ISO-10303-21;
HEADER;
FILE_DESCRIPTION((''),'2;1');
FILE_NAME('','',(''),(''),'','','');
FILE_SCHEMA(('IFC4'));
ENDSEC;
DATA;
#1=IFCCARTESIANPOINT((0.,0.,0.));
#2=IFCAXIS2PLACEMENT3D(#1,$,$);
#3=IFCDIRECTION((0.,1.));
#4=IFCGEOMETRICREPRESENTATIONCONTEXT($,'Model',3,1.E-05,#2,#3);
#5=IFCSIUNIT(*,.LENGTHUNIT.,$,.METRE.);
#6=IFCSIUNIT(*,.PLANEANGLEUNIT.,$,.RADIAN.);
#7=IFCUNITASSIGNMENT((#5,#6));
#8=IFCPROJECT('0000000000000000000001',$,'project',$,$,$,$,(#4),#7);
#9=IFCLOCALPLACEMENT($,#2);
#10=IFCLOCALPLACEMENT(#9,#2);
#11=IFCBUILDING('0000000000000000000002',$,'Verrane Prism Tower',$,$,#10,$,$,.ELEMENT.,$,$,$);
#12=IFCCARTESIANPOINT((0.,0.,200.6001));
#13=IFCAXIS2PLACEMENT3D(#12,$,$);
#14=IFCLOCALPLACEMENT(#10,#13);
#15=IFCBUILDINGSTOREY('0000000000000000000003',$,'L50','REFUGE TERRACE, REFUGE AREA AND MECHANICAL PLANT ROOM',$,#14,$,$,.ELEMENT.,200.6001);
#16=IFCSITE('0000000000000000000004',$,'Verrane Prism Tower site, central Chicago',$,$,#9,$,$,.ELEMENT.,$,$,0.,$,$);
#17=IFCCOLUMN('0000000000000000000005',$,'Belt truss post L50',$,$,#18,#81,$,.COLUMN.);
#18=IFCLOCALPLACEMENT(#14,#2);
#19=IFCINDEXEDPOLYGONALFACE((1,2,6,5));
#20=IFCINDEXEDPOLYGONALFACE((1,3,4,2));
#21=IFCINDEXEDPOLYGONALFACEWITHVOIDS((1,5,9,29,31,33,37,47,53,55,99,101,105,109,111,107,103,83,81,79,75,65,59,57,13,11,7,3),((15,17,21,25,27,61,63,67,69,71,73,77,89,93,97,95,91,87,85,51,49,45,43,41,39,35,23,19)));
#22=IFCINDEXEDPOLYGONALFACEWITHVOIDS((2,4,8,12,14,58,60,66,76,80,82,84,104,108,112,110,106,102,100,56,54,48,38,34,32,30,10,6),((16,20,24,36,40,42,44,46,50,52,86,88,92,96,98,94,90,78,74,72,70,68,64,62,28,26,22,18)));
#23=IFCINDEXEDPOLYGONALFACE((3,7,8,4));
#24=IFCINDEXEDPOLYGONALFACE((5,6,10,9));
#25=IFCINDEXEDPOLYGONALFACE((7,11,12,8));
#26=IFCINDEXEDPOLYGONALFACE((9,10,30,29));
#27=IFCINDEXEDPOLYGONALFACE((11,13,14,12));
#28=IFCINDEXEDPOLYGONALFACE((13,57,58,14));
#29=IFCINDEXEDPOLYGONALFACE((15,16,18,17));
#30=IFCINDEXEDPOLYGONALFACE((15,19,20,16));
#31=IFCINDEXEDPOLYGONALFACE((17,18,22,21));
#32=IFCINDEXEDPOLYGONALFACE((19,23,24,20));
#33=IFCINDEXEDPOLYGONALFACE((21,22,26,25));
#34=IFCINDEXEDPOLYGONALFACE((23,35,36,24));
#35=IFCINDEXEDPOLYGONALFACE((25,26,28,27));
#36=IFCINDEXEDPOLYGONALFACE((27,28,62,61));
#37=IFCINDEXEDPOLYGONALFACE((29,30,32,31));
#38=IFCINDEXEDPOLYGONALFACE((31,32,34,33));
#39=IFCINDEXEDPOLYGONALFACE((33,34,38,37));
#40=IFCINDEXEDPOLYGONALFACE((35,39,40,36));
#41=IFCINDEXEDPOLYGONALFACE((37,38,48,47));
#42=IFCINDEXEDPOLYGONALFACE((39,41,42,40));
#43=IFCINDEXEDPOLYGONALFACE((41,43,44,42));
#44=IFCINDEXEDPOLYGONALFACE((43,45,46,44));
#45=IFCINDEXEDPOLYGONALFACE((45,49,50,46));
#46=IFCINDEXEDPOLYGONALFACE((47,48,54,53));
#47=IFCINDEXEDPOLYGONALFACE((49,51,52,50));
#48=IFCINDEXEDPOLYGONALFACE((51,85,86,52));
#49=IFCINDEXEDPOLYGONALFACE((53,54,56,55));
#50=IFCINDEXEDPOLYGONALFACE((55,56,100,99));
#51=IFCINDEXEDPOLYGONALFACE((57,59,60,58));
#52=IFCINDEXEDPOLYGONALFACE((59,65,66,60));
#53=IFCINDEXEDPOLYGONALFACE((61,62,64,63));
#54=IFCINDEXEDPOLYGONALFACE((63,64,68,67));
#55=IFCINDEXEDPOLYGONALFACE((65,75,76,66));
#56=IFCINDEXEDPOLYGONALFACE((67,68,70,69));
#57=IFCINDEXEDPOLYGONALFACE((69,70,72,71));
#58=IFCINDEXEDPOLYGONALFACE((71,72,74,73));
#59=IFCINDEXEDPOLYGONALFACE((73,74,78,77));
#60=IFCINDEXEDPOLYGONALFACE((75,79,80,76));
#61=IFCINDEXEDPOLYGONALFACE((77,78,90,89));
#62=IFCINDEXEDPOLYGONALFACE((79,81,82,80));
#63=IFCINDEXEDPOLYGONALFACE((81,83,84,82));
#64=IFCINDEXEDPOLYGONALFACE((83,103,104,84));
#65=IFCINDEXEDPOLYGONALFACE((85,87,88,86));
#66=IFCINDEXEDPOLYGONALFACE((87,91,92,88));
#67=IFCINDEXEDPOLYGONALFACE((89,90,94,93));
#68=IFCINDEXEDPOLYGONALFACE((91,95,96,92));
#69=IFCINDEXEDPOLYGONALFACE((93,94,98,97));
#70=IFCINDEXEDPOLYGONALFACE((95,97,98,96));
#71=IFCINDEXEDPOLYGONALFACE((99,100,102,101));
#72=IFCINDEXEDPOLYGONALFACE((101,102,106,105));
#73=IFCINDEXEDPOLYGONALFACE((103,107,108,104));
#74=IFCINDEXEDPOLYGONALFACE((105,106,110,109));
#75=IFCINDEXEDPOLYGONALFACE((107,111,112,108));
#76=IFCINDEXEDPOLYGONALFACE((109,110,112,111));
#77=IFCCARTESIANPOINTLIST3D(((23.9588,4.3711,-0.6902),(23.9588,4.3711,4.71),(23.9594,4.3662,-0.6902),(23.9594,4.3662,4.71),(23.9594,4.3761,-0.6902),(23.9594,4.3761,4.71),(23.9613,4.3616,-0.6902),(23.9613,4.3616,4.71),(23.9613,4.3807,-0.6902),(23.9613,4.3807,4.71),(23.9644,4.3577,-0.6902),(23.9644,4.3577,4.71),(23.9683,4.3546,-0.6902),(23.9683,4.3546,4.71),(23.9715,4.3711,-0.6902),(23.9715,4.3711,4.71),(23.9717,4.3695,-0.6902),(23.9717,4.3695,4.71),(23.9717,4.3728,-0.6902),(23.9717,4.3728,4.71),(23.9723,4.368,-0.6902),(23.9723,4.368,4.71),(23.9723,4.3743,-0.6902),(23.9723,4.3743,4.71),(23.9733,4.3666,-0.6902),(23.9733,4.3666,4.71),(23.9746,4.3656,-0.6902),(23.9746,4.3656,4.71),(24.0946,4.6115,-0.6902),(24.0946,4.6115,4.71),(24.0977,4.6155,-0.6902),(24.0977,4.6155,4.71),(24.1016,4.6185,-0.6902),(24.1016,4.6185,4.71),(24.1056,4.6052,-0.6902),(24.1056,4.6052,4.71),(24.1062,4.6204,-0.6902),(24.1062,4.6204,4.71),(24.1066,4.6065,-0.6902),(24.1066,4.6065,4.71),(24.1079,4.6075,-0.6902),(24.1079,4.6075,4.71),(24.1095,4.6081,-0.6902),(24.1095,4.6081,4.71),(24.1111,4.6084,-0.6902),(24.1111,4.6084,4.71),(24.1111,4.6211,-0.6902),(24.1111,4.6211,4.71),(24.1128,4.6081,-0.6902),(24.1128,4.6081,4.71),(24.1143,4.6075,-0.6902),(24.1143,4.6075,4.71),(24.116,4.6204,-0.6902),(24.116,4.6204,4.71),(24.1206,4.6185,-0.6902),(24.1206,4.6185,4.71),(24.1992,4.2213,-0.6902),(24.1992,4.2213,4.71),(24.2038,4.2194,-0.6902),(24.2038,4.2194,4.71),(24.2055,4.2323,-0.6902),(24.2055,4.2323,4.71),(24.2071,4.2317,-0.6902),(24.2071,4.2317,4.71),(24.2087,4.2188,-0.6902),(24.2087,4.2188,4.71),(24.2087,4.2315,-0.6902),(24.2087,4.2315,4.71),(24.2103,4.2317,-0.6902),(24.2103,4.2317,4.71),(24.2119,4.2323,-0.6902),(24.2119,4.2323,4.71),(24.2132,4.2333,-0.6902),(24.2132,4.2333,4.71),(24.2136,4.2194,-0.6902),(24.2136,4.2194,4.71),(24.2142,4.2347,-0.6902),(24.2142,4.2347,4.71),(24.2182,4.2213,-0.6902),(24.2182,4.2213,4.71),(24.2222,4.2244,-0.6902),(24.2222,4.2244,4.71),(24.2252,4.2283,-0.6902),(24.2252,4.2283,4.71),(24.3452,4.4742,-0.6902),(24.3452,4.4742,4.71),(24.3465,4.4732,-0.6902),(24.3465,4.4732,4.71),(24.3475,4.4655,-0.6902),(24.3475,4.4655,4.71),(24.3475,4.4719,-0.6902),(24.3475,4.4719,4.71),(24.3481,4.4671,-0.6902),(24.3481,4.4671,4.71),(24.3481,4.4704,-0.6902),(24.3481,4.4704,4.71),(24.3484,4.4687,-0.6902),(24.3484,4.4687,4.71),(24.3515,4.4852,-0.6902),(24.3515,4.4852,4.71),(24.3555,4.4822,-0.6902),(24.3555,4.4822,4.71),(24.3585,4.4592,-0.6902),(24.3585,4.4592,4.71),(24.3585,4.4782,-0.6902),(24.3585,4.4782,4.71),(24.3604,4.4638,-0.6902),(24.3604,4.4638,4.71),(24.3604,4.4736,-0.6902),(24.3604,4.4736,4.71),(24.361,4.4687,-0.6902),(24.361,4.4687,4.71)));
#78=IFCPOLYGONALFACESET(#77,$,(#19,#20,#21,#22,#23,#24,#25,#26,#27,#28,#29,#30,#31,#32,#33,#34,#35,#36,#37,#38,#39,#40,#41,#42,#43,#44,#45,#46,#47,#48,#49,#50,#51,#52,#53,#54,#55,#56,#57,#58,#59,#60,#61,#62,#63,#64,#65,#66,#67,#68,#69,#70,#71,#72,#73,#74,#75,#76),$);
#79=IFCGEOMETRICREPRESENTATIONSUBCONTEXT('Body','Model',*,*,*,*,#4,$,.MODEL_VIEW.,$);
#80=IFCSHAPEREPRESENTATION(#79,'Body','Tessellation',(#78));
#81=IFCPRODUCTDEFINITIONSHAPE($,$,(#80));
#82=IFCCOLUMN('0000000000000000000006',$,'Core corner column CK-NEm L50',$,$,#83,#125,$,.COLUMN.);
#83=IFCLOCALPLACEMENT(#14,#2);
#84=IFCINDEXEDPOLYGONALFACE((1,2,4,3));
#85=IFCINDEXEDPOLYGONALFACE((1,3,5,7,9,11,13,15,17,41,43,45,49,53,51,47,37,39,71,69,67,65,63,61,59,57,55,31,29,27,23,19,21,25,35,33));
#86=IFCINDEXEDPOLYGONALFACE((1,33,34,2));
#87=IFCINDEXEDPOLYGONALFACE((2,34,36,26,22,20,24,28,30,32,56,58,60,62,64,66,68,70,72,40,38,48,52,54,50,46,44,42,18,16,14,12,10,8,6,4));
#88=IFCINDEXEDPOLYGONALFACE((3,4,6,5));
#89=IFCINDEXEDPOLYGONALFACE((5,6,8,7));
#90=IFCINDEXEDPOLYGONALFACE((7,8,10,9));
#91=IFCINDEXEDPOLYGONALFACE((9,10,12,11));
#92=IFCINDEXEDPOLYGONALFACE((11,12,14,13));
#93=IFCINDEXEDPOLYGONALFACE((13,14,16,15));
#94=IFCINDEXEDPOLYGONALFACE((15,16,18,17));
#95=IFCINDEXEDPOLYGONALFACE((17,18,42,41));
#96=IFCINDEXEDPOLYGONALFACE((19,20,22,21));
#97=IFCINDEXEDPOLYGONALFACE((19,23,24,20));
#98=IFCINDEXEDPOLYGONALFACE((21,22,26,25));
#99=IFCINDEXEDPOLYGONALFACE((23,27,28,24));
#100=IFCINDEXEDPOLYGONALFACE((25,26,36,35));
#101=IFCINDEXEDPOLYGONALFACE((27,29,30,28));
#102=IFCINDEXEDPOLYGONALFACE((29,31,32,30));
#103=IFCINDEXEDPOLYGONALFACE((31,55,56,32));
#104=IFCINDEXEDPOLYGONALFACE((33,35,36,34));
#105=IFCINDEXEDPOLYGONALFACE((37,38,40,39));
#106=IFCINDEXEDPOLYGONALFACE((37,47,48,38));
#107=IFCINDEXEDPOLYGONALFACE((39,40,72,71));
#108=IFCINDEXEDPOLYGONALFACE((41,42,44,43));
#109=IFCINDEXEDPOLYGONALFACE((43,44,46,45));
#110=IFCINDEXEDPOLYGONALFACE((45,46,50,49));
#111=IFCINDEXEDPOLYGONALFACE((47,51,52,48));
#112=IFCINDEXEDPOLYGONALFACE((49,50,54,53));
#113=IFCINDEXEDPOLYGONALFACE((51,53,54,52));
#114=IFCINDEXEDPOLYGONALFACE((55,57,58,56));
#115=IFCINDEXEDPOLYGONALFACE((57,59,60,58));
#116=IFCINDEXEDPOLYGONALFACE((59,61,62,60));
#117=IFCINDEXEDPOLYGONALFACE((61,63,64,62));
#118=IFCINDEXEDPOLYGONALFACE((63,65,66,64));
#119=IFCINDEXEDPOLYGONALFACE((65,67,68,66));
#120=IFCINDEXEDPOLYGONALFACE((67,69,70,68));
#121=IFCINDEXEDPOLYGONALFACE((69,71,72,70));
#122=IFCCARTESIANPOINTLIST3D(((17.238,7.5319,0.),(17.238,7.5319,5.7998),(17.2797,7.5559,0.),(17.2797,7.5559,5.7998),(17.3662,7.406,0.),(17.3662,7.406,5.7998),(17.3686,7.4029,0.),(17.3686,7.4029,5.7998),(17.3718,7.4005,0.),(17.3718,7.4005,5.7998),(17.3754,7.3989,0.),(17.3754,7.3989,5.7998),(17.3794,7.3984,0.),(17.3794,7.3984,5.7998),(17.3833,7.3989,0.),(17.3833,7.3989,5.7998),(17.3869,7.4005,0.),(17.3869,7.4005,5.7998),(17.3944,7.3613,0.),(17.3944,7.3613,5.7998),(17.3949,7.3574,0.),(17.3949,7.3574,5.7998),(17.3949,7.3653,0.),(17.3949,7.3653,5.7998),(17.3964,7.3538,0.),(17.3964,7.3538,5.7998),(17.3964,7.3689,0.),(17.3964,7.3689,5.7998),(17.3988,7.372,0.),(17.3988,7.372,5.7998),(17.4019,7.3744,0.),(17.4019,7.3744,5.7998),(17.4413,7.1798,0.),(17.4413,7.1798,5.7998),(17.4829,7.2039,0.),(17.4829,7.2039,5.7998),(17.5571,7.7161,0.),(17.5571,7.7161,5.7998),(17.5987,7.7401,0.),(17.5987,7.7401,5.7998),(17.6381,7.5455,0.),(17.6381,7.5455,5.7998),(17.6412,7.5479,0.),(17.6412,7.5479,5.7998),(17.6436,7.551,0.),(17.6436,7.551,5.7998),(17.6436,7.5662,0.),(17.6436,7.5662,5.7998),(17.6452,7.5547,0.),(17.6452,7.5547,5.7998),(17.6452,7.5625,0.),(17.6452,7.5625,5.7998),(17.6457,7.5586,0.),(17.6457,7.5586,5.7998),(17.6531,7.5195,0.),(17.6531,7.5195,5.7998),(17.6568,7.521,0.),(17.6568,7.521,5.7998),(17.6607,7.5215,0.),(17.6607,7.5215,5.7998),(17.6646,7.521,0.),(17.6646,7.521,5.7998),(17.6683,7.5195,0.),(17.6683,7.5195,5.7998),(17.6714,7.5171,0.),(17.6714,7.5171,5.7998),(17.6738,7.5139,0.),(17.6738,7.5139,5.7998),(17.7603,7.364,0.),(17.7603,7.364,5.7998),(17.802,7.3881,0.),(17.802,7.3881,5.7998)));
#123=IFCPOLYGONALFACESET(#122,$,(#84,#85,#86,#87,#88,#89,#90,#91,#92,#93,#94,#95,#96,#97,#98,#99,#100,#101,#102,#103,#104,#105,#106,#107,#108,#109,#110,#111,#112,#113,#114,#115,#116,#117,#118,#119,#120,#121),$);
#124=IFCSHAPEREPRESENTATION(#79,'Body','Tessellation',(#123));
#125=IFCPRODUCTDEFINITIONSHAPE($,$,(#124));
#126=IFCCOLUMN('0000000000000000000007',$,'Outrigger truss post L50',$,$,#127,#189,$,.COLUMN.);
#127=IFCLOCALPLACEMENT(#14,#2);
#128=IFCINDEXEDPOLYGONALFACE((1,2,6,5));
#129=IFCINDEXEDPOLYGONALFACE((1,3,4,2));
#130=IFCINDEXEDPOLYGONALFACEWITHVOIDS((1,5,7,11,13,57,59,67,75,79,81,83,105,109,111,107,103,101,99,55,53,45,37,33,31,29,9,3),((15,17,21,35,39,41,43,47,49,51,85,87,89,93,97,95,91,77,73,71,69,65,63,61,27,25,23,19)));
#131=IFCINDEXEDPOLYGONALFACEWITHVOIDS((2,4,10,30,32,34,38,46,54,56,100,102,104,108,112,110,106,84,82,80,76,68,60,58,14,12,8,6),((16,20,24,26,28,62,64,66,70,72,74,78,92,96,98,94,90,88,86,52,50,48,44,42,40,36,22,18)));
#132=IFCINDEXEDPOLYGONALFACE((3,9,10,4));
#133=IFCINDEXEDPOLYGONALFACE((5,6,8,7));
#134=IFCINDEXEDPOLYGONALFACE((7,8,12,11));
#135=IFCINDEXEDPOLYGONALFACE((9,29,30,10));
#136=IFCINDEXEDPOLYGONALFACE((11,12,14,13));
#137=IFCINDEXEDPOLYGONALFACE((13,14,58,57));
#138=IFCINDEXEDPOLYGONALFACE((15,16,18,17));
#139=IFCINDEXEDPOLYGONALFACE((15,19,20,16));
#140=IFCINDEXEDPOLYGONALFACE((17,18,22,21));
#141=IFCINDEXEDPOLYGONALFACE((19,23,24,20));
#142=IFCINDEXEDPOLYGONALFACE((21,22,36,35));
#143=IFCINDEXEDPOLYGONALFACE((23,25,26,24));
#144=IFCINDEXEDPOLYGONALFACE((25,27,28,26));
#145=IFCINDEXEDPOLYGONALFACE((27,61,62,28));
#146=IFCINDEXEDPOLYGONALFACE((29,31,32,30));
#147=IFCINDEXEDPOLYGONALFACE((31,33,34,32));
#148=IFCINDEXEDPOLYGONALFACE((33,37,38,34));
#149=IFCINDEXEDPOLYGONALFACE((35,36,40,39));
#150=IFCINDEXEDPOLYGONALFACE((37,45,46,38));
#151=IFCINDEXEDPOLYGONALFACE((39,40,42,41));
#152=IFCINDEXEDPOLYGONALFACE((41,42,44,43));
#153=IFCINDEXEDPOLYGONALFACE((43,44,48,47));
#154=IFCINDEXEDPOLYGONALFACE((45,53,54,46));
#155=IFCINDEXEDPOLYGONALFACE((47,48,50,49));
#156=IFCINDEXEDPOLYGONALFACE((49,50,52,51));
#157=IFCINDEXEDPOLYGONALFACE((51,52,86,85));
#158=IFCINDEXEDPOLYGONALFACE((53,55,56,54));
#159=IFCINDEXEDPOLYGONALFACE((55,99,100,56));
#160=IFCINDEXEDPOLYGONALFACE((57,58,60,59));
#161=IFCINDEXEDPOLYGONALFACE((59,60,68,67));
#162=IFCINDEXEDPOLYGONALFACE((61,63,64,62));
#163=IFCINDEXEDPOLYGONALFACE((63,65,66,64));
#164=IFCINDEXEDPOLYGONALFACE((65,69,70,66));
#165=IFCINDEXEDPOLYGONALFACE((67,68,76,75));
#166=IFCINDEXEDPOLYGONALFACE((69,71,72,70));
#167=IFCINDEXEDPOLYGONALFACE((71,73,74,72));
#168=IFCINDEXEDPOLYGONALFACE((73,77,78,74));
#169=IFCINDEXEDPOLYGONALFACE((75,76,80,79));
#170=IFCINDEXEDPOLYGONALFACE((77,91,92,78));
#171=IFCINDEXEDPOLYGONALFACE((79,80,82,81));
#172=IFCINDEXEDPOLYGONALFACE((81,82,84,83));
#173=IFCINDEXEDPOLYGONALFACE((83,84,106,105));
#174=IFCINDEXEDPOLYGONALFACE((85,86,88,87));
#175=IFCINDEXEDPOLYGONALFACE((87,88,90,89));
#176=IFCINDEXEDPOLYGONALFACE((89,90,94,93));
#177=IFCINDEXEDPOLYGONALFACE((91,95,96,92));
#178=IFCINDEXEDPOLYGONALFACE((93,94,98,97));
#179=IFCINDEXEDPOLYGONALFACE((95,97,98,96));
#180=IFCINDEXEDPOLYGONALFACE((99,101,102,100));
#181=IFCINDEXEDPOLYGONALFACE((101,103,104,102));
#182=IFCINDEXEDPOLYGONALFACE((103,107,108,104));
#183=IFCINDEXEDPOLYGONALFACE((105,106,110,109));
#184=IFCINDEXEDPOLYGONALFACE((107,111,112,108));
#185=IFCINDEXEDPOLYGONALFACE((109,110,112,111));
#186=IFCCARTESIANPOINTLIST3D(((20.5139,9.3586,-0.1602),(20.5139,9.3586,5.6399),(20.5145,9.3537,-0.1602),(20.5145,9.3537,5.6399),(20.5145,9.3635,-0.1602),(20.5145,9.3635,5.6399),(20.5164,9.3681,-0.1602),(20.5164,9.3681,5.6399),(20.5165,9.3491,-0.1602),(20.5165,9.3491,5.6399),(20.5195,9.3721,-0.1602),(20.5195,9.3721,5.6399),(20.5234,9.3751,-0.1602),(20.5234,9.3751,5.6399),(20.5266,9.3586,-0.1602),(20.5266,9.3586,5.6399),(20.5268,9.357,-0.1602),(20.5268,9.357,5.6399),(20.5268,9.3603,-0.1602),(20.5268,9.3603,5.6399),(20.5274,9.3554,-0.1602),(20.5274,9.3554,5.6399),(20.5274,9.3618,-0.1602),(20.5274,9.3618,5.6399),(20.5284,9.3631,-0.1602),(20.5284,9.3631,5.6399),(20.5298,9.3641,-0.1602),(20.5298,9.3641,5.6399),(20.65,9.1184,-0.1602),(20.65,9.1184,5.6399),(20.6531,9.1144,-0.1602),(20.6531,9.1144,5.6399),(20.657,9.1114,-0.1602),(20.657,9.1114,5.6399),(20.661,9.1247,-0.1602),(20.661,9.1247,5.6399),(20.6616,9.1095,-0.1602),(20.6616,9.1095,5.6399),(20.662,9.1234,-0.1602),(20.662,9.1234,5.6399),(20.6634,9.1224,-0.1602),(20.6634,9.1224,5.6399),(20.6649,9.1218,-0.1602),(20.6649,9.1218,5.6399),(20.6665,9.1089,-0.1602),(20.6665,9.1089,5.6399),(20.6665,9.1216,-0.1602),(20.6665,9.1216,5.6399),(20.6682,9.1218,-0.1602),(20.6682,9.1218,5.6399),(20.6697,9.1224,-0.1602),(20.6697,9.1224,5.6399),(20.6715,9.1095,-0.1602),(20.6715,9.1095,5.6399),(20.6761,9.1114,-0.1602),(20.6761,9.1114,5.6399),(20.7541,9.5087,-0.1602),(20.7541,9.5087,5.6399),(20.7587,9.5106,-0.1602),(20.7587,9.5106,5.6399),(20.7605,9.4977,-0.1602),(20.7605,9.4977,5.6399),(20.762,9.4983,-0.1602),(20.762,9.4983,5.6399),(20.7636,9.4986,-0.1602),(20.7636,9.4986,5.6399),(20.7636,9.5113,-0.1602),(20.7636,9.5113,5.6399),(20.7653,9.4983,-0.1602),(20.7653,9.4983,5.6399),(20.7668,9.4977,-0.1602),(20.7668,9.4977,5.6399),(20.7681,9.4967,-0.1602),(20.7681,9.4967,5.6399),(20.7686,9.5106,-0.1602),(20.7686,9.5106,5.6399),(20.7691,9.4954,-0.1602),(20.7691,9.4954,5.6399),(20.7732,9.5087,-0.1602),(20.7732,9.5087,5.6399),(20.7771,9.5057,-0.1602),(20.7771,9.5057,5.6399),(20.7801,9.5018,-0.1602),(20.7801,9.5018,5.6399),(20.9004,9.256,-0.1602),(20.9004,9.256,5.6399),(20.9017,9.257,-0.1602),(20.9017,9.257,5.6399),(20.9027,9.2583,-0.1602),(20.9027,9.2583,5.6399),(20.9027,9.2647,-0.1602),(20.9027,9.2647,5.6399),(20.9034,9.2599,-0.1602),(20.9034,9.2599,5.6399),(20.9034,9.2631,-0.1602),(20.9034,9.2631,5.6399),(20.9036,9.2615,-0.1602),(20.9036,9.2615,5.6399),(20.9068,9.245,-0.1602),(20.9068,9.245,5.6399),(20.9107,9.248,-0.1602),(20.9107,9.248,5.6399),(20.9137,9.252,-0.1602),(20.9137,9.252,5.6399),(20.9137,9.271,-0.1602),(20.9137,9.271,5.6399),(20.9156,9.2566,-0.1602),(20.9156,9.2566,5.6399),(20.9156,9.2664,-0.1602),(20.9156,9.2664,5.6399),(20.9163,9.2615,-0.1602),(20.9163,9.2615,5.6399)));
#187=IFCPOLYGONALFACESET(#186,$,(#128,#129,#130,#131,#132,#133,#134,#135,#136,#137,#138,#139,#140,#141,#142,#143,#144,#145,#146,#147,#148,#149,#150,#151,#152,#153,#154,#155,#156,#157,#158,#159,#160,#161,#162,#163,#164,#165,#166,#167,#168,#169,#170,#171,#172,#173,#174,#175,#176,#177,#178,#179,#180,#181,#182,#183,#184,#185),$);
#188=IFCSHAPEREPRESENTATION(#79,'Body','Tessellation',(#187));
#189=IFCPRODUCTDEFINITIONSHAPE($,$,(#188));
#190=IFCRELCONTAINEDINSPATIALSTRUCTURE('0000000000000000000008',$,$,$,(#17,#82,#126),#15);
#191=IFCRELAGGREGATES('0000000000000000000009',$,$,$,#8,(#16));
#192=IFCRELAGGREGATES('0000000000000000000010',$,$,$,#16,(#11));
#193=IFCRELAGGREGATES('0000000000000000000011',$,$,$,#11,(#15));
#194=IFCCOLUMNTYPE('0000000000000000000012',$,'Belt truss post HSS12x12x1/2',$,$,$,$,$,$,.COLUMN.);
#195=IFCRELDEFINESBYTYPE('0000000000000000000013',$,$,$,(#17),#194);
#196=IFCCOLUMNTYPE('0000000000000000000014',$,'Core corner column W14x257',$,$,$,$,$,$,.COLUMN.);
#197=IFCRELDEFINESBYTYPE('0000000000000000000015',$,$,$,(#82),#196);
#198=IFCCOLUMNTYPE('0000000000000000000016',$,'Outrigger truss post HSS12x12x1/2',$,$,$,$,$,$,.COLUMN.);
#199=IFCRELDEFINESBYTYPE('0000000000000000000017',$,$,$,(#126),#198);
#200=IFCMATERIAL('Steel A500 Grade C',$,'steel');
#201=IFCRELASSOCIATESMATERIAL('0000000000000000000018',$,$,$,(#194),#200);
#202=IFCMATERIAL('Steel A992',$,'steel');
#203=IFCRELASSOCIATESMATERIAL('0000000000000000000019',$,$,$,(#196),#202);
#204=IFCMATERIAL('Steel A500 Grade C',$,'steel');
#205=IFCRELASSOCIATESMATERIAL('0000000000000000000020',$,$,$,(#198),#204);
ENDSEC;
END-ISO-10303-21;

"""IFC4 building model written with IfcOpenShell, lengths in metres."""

from ifc_helpers import new_model, si_unit, direction, frame, origin, origin_2d, place, context, subcontext, project, spatial, hollow_rectangle, i_section, extrude, material, material_profile, profile_set, type_object, element, save


model = new_model("IFC4")

# Units and contexts
model_context = context("Model", 3, precision=1e-05, world=origin(), true_north=direction((0.0, 1.0)))
body_context = subcontext(model_context, "Body", "Model", "MODEL_VIEW")
ifc_project = project(units=[si_unit("LENGTHUNIT", "METRE"), si_unit("PLANEANGLEUNIT", "RADIAN")], contexts=[model_context])

# Site, building, storey
site_placement = place(None, origin())
site = spatial("IfcSite", under=ifc_project, at=site_placement, Name="Verrane Prism Tower site, central Chicago", CompositionType="ELEMENT", RefElevation=0.0)
building_placement = place(site_placement, origin())
building = spatial("IfcBuilding", under=site, at=building_placement, Name="Verrane Prism Tower", CompositionType="ELEMENT")
storey_placement = place(building_placement, frame((0.0, 0.0, 200.6001)))
storey = spatial("IfcBuildingStorey", under=building, at=storey_placement, Name="L50", Description="REFUGE TERRACE, REFUGE AREA AND MECHANICAL PLANT ROOM", CompositionType="ELEMENT", Elevation=200.6001)

# Columns
ifc_material_1 = material(Name="Steel A500 Grade C", Category="steel")
ifc_material_profile_1 = material_profile(ifc_material_1, hollow_rectangle(XDim=0.3047, YDim=0.3047, WallThickness=0.0127, InnerFilletRadius=0.0063, OuterFilletRadius=0.019, at=origin_2d()), Name="HSS12x12x1/2")
ifc_profile_set_1 = profile_set([ifc_material_profile_1], Name="Steel A500 Grade C")
column_type_1 = type_object("IfcColumnType", Name="Belt truss post HSS12x12x1/2", PredefinedType="COLUMN", material=ifc_profile_set_1)
column_1_placement = place(storey_placement, frame((24.1599, 4.4199, -0.6902), z_axis=(0.0, 0.0, 1.0), x_axis=(-0.5, -0.866025, 0.0)))
element("IfcColumn", 1, at=column_1_placement, inside=storey, type_object=column_type_1, Name="Belt truss post L50", PredefinedType="COLUMN", context=body_context, shape_type="SweptSolid", body=[
    extrude(hollow_rectangle(XDim=0.3047, YDim=0.3047, WallThickness=0.0127, InnerFilletRadius=0.0063, OuterFilletRadius=0.019, at=origin_2d()), origin(), (0.0, 0.0, 1.0), 5.4001),
])
ifc_material_2 = material(Name="Steel A992", Category="steel")
ifc_material_profile_2 = material_profile(ifc_material_2, i_section(OverallWidth=0.4065, OverallDepth=0.4165, WebThickness=0.03, FlangeThickness=0.0481, FilletRadius=0.0151, at=origin_2d()), Name="W14x257")
ifc_profile_set_2 = profile_set([ifc_material_profile_2], Name="Steel A992")
column_type_2 = type_object("IfcColumnType", Name="Core corner column W14x257", PredefinedType="COLUMN", material=ifc_profile_set_2)
column_2_placement = place(storey_placement, frame((17.52, 7.46, 0.0), z_axis=(0.0, 0.0, 1.0), x_axis=(0.5, -0.866025, 0.0)))
element("IfcColumn", 2, at=column_2_placement, inside=storey, type_object=column_type_2, Name="Core corner column CK-NEm L50", PredefinedType="COLUMN", context=body_context, shape_type="SweptSolid", body=[
    extrude(i_section(OverallWidth=0.4065, OverallDepth=0.4165, WebThickness=0.03, FlangeThickness=0.0481, FilletRadius=0.0151, at=origin_2d()), origin(), (0.0, 0.0, 1.0), 5.7998),
])
ifc_material_3 = material(Name="Steel A500 Grade C", Category="steel")
ifc_material_profile_3 = material_profile(ifc_material_3, hollow_rectangle(XDim=0.3047, YDim=0.3047, WallThickness=0.0127, InnerFilletRadius=0.0063, OuterFilletRadius=0.019, at=origin_2d()), Name="HSS12x12x1/2")
ifc_profile_set_3 = profile_set([ifc_material_profile_3], Name="Steel A500 Grade C")
column_type_3 = type_object("IfcColumnType", Name="Outrigger truss post HSS12x12x1/2", PredefinedType="COLUMN", material=ifc_profile_set_3)
column_3_placement = place(storey_placement, frame((20.7151, 9.3101, -0.1602), z_axis=(0.0, 0.0, 1.0), x_axis=(-0.501089, 0.865396, 0.0)))
element("IfcColumn", 3, at=column_3_placement, inside=storey, type_object=column_type_3, Name="Outrigger truss post L50", PredefinedType="COLUMN", context=body_context, shape_type="SweptSolid", body=[
    extrude(hollow_rectangle(XDim=0.3047, YDim=0.3047, WallThickness=0.0127, InnerFilletRadius=0.0063, OuterFilletRadius=0.019, at=origin_2d()), origin(), (0.0, 0.0, 1.0), 5.8),
])

save(model, "model.ifc")
